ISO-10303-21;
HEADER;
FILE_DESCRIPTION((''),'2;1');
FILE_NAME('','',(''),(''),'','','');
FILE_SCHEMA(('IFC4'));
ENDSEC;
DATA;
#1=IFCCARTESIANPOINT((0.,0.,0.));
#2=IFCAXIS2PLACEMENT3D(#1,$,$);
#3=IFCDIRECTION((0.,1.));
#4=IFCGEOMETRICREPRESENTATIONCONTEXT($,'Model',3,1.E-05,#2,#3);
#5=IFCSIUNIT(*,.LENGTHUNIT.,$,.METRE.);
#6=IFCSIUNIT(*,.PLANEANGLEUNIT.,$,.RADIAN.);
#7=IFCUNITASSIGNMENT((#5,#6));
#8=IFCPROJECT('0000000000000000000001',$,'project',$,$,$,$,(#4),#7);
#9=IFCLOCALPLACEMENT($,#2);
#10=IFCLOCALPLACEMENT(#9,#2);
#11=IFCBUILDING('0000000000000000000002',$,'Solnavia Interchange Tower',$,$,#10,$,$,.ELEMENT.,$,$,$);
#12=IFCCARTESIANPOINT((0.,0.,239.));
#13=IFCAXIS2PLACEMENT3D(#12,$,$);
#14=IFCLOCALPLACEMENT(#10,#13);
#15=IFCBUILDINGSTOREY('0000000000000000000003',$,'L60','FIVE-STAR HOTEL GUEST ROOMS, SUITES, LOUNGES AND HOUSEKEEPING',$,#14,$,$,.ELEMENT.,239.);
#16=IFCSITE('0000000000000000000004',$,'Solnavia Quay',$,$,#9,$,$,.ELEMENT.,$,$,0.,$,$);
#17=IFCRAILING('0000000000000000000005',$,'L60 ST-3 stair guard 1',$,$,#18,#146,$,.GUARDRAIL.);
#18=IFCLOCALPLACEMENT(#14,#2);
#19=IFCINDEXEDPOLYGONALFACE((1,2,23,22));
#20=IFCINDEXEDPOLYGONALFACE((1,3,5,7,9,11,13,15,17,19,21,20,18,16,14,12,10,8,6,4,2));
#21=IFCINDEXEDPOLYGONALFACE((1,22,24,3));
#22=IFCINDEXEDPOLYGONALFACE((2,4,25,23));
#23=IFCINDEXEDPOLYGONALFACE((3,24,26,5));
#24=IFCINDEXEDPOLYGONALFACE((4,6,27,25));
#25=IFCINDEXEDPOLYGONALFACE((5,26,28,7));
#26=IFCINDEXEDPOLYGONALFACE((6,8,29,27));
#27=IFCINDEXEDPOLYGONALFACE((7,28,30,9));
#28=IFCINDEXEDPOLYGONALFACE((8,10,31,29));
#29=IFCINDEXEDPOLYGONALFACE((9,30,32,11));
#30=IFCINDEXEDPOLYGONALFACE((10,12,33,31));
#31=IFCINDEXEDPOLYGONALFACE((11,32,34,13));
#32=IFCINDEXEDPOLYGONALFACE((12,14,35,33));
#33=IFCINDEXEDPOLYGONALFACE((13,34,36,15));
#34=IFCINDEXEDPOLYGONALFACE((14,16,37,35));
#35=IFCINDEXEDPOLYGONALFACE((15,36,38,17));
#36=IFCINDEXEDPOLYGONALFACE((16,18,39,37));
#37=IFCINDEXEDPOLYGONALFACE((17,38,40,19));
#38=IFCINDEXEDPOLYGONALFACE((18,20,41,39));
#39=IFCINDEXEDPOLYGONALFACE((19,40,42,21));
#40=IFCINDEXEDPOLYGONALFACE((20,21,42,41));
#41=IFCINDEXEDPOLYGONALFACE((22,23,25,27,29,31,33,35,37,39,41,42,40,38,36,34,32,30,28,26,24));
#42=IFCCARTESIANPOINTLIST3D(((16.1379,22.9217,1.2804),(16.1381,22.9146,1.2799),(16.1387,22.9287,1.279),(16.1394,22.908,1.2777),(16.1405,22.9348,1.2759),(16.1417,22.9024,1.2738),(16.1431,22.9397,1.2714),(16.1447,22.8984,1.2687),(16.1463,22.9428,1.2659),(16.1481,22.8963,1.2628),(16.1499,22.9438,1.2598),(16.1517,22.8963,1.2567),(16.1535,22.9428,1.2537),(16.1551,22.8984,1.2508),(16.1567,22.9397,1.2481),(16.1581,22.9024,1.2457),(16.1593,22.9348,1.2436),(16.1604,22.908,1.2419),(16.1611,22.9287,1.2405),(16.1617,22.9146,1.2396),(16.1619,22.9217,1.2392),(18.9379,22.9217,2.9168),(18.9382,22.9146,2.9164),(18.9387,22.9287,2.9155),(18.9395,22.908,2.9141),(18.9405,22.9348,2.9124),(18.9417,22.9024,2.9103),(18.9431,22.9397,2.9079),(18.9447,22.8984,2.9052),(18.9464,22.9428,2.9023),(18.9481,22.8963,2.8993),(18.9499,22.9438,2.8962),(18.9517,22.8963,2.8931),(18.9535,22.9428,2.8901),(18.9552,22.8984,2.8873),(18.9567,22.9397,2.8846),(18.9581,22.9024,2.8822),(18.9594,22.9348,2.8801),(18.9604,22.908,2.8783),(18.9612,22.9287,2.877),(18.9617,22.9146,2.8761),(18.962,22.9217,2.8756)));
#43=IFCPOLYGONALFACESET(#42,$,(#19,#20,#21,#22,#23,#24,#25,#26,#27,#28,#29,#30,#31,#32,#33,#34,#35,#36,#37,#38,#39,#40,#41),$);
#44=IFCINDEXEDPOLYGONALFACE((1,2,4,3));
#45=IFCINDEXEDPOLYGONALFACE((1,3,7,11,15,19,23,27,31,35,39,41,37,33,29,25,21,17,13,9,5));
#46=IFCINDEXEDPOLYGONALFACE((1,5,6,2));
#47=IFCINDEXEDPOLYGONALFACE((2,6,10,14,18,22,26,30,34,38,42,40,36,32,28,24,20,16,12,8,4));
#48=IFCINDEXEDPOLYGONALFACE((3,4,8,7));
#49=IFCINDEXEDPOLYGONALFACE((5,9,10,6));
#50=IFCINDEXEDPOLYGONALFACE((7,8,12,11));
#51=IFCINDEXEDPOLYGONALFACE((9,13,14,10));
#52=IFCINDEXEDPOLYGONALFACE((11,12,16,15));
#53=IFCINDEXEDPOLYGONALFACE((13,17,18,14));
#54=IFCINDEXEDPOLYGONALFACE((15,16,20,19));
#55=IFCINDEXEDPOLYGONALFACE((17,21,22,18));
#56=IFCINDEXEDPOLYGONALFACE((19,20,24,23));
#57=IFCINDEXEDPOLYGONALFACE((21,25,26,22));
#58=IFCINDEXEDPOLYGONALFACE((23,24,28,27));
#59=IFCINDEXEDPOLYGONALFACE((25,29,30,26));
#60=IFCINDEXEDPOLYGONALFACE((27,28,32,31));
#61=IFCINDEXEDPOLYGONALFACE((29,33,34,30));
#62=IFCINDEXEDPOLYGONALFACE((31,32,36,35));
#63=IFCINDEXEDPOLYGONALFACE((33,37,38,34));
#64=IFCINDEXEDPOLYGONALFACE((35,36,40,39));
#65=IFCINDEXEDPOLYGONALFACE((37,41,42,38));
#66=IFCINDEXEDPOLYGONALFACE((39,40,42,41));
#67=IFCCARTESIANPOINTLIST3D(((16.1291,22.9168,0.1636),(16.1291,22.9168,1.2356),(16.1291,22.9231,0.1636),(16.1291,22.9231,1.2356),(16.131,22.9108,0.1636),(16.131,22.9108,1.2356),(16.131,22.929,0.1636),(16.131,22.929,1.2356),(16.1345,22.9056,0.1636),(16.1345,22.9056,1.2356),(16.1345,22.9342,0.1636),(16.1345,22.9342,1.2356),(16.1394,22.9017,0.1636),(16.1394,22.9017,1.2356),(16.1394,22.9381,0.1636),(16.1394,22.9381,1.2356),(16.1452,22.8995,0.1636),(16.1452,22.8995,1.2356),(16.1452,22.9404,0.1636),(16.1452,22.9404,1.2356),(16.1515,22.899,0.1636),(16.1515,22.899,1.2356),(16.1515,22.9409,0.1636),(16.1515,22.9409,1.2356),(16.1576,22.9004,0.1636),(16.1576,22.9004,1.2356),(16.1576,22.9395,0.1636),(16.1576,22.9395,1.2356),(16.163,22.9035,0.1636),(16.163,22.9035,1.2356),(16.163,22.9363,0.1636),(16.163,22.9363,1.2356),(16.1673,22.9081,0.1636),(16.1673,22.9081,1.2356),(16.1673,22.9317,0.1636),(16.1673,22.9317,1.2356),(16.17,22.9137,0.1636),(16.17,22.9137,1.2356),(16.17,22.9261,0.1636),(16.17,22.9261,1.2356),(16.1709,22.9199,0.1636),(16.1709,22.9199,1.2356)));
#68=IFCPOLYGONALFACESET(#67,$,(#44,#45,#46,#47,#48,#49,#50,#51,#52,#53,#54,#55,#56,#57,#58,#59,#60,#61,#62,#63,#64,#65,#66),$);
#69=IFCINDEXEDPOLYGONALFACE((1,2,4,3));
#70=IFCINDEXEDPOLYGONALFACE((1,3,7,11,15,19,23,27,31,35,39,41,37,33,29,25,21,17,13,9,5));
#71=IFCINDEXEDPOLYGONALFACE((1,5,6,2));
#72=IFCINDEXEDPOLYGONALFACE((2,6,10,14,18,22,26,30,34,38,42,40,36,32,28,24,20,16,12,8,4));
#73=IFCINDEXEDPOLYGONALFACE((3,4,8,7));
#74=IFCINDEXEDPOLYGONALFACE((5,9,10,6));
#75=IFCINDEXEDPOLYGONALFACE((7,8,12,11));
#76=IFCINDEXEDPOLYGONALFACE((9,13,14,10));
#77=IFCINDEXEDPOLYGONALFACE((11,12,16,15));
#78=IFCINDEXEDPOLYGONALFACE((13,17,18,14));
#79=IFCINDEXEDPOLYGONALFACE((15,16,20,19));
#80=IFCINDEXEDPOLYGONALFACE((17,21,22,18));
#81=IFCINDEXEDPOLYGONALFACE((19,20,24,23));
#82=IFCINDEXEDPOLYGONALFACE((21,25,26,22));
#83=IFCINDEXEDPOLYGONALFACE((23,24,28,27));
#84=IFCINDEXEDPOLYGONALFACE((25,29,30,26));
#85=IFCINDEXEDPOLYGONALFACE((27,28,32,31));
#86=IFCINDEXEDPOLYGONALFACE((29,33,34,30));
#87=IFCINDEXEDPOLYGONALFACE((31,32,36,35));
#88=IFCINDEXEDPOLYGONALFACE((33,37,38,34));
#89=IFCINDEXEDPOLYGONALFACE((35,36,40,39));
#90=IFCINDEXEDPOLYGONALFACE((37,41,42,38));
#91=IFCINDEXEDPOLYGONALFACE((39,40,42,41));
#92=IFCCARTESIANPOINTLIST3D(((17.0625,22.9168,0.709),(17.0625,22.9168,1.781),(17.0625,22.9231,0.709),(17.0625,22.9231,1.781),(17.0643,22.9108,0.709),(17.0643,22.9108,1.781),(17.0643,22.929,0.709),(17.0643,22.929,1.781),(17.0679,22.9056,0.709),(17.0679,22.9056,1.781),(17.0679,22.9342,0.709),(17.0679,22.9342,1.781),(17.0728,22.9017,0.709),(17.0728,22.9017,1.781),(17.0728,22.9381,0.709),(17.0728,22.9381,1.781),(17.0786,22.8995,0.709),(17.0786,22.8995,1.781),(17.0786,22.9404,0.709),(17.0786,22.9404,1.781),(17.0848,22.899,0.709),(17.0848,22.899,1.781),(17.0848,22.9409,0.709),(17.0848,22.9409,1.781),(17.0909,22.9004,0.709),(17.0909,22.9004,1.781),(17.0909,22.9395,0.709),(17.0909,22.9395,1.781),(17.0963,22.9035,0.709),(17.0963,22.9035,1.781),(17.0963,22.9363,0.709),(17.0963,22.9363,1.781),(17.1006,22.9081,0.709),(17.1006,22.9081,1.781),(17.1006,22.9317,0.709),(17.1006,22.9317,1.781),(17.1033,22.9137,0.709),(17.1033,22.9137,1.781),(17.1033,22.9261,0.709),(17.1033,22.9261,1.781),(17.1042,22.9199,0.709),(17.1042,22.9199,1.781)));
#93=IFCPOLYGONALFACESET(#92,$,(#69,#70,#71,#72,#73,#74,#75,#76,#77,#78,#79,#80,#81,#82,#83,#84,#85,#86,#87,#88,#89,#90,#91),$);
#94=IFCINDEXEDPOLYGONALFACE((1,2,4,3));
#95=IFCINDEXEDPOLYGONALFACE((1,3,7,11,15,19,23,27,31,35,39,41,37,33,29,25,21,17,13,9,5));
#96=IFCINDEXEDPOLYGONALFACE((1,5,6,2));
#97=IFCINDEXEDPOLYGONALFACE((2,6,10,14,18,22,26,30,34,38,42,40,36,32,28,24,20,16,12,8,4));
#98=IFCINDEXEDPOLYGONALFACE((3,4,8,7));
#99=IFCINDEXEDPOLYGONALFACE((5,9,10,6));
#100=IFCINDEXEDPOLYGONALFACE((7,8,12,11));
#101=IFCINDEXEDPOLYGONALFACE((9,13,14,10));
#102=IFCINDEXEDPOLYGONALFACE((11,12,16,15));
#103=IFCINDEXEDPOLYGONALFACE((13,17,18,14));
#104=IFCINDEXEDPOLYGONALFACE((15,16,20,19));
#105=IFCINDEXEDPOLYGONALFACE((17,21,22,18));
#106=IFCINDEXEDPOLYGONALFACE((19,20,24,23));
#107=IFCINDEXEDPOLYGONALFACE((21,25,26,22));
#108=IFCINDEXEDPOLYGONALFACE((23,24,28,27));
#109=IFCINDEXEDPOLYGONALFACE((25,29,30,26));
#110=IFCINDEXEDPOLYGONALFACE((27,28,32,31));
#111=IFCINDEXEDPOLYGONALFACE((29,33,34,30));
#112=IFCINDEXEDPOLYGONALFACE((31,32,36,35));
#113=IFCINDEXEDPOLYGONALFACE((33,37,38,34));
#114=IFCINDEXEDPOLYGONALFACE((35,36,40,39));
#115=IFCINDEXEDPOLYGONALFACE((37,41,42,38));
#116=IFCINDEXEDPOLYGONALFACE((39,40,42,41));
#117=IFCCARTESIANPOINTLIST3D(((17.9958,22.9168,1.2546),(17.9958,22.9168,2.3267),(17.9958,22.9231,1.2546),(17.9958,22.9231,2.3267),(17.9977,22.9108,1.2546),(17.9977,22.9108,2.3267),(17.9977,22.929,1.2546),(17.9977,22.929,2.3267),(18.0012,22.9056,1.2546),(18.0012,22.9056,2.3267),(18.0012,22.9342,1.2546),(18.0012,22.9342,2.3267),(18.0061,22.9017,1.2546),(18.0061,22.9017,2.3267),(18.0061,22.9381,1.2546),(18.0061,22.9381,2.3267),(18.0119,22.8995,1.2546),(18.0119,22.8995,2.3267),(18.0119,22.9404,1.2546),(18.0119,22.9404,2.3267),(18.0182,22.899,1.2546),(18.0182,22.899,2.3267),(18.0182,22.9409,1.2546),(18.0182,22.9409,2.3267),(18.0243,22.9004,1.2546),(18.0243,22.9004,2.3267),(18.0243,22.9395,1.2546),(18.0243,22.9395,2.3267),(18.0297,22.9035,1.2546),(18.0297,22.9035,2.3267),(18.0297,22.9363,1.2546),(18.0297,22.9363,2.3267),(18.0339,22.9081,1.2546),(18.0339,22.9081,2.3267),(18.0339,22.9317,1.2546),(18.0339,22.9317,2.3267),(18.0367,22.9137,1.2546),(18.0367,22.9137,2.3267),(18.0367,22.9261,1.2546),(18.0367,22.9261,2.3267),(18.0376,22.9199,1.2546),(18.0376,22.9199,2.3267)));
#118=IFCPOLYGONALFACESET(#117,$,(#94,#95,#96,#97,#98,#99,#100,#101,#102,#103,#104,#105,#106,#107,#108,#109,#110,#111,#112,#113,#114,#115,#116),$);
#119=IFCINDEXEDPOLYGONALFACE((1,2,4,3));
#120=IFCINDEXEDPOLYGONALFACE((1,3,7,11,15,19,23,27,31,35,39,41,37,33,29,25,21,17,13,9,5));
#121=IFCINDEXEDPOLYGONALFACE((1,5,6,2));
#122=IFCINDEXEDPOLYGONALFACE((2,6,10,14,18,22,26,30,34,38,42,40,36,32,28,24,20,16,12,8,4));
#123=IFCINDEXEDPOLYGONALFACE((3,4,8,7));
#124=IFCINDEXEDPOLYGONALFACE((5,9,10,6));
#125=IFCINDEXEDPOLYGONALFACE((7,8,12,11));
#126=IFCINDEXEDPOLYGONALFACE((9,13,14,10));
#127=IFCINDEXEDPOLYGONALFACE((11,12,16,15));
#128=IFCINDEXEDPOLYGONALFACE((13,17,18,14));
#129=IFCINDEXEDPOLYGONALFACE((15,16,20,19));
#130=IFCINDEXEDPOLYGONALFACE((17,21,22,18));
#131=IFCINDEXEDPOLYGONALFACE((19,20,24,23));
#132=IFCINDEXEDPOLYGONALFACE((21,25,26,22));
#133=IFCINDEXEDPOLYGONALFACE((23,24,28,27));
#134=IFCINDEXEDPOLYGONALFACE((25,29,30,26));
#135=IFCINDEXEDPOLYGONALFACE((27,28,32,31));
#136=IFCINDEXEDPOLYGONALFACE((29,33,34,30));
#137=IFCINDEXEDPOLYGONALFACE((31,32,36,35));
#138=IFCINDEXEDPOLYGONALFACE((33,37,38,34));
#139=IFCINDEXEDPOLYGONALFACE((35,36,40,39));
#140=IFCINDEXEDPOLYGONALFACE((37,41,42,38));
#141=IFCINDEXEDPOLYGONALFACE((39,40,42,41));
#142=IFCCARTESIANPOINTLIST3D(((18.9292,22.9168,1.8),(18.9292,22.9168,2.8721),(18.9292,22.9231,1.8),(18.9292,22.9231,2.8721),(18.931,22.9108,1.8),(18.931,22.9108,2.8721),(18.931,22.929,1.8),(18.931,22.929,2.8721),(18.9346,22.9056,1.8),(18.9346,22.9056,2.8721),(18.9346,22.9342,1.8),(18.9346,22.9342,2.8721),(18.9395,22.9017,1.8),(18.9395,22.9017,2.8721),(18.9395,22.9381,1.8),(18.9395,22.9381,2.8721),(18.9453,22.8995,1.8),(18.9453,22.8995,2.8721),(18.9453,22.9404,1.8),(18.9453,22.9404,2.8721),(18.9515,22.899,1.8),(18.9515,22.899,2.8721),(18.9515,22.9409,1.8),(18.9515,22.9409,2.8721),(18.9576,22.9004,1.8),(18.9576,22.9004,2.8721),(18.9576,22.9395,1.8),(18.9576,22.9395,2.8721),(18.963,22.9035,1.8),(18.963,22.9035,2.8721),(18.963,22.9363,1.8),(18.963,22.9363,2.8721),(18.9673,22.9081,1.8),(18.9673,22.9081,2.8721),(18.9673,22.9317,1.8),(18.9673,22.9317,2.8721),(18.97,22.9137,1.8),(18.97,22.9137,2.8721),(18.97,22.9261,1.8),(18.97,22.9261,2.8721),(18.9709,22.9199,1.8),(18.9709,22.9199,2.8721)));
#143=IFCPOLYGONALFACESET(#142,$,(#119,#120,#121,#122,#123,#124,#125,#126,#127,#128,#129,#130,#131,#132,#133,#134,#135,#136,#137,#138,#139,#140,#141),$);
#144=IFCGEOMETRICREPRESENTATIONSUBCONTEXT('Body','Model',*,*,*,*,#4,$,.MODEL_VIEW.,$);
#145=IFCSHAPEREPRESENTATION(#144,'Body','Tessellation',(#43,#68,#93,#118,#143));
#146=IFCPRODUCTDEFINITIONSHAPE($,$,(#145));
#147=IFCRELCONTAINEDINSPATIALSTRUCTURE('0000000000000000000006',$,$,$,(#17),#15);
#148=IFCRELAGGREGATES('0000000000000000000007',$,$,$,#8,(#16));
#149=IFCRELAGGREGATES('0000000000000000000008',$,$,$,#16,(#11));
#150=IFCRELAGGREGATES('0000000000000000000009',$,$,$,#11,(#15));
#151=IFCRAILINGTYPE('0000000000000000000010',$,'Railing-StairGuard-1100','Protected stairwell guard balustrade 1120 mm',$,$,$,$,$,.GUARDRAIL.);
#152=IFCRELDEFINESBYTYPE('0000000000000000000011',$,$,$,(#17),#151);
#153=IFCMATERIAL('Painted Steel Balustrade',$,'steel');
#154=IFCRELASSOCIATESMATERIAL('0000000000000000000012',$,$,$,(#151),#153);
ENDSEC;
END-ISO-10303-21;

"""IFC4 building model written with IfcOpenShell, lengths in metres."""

from ifc_helpers import new_model, si_unit, direction, frame, origin, origin_2d, place, context, subcontext, project, spatial, circle, extrude, material, type_object, element, save


model = new_model("IFC4")

# Units and contexts
model_context = context("Model", 3, precision=1e-05, world=origin(), true_north=direction((0.0, 1.0)))
body_context = subcontext(model_context, "Body", "Model", "MODEL_VIEW")
ifc_project = project(units=[si_unit("LENGTHUNIT", "METRE"), si_unit("PLANEANGLEUNIT", "RADIAN")], contexts=[model_context])

# Site, building, storey
site_placement = place(None, origin())
site = spatial("IfcSite", under=ifc_project, at=site_placement, Name="Solnavia Quay", CompositionType="ELEMENT", RefElevation=0.0)
building_placement = place(site_placement, origin())
building = spatial("IfcBuilding", under=site, at=building_placement, Name="Solnavia Interchange Tower", CompositionType="ELEMENT")
storey_placement = place(building_placement, frame((0.0, 0.0, 239.0)))
storey = spatial("IfcBuildingStorey", under=building, at=storey_placement, Name="L60", Description="FIVE-STAR HOTEL GUEST ROOMS, SUITES, LOUNGES AND HOUSEKEEPING", CompositionType="ELEMENT", Elevation=239.0)

# Railing
ifc_material_1 = material(Name="Painted Steel Balustrade", Category="steel")
railing_type_1 = type_object("IfcRailingType", Name="Railing-StairGuard-1100", Description="Protected stairwell guard balustrade 1120 mm", PredefinedType="GUARDRAIL", material=ifc_material_1)
railing_1_placement = place(storey_placement, frame((16.1499, 22.9199, 0.1636)))
element("IfcRailing", 1, at=railing_1_placement, inside=storey, type_object=railing_type_1, Name="L60 ST-3 stair guard 1", PredefinedType="GUARDRAIL", context=body_context, shape_type="SweptSolid", body=[
    extrude(circle(Radius=0.0239, at=origin_2d()), frame((0.0, 0.0, 1.0962), z_axis=(0.863361, 0.0, 0.504587), x_axis=(0.0, 1.0, 0.0)), (0.0, 0.0, 1.0), 3.2432),
    extrude(circle(Radius=0.021, at=origin_2d()), origin(), (0.0, 0.0, 1.0), 1.072),
    extrude(circle(Radius=0.021, at=origin_2d()), frame((0.9333, 0.0, 0.5454)), (0.0, 0.0, 1.0), 1.072),
    extrude(circle(Radius=0.021, at=origin_2d()), frame((1.8667, 0.0, 1.0911)), (0.0, 0.0, 1.0), 1.072),
    extrude(circle(Radius=0.021, at=origin_2d()), frame((2.8, 0.0, 1.6365)), (0.0, 0.0, 1.0), 1.072),
])

save(model, "model.ifc")
